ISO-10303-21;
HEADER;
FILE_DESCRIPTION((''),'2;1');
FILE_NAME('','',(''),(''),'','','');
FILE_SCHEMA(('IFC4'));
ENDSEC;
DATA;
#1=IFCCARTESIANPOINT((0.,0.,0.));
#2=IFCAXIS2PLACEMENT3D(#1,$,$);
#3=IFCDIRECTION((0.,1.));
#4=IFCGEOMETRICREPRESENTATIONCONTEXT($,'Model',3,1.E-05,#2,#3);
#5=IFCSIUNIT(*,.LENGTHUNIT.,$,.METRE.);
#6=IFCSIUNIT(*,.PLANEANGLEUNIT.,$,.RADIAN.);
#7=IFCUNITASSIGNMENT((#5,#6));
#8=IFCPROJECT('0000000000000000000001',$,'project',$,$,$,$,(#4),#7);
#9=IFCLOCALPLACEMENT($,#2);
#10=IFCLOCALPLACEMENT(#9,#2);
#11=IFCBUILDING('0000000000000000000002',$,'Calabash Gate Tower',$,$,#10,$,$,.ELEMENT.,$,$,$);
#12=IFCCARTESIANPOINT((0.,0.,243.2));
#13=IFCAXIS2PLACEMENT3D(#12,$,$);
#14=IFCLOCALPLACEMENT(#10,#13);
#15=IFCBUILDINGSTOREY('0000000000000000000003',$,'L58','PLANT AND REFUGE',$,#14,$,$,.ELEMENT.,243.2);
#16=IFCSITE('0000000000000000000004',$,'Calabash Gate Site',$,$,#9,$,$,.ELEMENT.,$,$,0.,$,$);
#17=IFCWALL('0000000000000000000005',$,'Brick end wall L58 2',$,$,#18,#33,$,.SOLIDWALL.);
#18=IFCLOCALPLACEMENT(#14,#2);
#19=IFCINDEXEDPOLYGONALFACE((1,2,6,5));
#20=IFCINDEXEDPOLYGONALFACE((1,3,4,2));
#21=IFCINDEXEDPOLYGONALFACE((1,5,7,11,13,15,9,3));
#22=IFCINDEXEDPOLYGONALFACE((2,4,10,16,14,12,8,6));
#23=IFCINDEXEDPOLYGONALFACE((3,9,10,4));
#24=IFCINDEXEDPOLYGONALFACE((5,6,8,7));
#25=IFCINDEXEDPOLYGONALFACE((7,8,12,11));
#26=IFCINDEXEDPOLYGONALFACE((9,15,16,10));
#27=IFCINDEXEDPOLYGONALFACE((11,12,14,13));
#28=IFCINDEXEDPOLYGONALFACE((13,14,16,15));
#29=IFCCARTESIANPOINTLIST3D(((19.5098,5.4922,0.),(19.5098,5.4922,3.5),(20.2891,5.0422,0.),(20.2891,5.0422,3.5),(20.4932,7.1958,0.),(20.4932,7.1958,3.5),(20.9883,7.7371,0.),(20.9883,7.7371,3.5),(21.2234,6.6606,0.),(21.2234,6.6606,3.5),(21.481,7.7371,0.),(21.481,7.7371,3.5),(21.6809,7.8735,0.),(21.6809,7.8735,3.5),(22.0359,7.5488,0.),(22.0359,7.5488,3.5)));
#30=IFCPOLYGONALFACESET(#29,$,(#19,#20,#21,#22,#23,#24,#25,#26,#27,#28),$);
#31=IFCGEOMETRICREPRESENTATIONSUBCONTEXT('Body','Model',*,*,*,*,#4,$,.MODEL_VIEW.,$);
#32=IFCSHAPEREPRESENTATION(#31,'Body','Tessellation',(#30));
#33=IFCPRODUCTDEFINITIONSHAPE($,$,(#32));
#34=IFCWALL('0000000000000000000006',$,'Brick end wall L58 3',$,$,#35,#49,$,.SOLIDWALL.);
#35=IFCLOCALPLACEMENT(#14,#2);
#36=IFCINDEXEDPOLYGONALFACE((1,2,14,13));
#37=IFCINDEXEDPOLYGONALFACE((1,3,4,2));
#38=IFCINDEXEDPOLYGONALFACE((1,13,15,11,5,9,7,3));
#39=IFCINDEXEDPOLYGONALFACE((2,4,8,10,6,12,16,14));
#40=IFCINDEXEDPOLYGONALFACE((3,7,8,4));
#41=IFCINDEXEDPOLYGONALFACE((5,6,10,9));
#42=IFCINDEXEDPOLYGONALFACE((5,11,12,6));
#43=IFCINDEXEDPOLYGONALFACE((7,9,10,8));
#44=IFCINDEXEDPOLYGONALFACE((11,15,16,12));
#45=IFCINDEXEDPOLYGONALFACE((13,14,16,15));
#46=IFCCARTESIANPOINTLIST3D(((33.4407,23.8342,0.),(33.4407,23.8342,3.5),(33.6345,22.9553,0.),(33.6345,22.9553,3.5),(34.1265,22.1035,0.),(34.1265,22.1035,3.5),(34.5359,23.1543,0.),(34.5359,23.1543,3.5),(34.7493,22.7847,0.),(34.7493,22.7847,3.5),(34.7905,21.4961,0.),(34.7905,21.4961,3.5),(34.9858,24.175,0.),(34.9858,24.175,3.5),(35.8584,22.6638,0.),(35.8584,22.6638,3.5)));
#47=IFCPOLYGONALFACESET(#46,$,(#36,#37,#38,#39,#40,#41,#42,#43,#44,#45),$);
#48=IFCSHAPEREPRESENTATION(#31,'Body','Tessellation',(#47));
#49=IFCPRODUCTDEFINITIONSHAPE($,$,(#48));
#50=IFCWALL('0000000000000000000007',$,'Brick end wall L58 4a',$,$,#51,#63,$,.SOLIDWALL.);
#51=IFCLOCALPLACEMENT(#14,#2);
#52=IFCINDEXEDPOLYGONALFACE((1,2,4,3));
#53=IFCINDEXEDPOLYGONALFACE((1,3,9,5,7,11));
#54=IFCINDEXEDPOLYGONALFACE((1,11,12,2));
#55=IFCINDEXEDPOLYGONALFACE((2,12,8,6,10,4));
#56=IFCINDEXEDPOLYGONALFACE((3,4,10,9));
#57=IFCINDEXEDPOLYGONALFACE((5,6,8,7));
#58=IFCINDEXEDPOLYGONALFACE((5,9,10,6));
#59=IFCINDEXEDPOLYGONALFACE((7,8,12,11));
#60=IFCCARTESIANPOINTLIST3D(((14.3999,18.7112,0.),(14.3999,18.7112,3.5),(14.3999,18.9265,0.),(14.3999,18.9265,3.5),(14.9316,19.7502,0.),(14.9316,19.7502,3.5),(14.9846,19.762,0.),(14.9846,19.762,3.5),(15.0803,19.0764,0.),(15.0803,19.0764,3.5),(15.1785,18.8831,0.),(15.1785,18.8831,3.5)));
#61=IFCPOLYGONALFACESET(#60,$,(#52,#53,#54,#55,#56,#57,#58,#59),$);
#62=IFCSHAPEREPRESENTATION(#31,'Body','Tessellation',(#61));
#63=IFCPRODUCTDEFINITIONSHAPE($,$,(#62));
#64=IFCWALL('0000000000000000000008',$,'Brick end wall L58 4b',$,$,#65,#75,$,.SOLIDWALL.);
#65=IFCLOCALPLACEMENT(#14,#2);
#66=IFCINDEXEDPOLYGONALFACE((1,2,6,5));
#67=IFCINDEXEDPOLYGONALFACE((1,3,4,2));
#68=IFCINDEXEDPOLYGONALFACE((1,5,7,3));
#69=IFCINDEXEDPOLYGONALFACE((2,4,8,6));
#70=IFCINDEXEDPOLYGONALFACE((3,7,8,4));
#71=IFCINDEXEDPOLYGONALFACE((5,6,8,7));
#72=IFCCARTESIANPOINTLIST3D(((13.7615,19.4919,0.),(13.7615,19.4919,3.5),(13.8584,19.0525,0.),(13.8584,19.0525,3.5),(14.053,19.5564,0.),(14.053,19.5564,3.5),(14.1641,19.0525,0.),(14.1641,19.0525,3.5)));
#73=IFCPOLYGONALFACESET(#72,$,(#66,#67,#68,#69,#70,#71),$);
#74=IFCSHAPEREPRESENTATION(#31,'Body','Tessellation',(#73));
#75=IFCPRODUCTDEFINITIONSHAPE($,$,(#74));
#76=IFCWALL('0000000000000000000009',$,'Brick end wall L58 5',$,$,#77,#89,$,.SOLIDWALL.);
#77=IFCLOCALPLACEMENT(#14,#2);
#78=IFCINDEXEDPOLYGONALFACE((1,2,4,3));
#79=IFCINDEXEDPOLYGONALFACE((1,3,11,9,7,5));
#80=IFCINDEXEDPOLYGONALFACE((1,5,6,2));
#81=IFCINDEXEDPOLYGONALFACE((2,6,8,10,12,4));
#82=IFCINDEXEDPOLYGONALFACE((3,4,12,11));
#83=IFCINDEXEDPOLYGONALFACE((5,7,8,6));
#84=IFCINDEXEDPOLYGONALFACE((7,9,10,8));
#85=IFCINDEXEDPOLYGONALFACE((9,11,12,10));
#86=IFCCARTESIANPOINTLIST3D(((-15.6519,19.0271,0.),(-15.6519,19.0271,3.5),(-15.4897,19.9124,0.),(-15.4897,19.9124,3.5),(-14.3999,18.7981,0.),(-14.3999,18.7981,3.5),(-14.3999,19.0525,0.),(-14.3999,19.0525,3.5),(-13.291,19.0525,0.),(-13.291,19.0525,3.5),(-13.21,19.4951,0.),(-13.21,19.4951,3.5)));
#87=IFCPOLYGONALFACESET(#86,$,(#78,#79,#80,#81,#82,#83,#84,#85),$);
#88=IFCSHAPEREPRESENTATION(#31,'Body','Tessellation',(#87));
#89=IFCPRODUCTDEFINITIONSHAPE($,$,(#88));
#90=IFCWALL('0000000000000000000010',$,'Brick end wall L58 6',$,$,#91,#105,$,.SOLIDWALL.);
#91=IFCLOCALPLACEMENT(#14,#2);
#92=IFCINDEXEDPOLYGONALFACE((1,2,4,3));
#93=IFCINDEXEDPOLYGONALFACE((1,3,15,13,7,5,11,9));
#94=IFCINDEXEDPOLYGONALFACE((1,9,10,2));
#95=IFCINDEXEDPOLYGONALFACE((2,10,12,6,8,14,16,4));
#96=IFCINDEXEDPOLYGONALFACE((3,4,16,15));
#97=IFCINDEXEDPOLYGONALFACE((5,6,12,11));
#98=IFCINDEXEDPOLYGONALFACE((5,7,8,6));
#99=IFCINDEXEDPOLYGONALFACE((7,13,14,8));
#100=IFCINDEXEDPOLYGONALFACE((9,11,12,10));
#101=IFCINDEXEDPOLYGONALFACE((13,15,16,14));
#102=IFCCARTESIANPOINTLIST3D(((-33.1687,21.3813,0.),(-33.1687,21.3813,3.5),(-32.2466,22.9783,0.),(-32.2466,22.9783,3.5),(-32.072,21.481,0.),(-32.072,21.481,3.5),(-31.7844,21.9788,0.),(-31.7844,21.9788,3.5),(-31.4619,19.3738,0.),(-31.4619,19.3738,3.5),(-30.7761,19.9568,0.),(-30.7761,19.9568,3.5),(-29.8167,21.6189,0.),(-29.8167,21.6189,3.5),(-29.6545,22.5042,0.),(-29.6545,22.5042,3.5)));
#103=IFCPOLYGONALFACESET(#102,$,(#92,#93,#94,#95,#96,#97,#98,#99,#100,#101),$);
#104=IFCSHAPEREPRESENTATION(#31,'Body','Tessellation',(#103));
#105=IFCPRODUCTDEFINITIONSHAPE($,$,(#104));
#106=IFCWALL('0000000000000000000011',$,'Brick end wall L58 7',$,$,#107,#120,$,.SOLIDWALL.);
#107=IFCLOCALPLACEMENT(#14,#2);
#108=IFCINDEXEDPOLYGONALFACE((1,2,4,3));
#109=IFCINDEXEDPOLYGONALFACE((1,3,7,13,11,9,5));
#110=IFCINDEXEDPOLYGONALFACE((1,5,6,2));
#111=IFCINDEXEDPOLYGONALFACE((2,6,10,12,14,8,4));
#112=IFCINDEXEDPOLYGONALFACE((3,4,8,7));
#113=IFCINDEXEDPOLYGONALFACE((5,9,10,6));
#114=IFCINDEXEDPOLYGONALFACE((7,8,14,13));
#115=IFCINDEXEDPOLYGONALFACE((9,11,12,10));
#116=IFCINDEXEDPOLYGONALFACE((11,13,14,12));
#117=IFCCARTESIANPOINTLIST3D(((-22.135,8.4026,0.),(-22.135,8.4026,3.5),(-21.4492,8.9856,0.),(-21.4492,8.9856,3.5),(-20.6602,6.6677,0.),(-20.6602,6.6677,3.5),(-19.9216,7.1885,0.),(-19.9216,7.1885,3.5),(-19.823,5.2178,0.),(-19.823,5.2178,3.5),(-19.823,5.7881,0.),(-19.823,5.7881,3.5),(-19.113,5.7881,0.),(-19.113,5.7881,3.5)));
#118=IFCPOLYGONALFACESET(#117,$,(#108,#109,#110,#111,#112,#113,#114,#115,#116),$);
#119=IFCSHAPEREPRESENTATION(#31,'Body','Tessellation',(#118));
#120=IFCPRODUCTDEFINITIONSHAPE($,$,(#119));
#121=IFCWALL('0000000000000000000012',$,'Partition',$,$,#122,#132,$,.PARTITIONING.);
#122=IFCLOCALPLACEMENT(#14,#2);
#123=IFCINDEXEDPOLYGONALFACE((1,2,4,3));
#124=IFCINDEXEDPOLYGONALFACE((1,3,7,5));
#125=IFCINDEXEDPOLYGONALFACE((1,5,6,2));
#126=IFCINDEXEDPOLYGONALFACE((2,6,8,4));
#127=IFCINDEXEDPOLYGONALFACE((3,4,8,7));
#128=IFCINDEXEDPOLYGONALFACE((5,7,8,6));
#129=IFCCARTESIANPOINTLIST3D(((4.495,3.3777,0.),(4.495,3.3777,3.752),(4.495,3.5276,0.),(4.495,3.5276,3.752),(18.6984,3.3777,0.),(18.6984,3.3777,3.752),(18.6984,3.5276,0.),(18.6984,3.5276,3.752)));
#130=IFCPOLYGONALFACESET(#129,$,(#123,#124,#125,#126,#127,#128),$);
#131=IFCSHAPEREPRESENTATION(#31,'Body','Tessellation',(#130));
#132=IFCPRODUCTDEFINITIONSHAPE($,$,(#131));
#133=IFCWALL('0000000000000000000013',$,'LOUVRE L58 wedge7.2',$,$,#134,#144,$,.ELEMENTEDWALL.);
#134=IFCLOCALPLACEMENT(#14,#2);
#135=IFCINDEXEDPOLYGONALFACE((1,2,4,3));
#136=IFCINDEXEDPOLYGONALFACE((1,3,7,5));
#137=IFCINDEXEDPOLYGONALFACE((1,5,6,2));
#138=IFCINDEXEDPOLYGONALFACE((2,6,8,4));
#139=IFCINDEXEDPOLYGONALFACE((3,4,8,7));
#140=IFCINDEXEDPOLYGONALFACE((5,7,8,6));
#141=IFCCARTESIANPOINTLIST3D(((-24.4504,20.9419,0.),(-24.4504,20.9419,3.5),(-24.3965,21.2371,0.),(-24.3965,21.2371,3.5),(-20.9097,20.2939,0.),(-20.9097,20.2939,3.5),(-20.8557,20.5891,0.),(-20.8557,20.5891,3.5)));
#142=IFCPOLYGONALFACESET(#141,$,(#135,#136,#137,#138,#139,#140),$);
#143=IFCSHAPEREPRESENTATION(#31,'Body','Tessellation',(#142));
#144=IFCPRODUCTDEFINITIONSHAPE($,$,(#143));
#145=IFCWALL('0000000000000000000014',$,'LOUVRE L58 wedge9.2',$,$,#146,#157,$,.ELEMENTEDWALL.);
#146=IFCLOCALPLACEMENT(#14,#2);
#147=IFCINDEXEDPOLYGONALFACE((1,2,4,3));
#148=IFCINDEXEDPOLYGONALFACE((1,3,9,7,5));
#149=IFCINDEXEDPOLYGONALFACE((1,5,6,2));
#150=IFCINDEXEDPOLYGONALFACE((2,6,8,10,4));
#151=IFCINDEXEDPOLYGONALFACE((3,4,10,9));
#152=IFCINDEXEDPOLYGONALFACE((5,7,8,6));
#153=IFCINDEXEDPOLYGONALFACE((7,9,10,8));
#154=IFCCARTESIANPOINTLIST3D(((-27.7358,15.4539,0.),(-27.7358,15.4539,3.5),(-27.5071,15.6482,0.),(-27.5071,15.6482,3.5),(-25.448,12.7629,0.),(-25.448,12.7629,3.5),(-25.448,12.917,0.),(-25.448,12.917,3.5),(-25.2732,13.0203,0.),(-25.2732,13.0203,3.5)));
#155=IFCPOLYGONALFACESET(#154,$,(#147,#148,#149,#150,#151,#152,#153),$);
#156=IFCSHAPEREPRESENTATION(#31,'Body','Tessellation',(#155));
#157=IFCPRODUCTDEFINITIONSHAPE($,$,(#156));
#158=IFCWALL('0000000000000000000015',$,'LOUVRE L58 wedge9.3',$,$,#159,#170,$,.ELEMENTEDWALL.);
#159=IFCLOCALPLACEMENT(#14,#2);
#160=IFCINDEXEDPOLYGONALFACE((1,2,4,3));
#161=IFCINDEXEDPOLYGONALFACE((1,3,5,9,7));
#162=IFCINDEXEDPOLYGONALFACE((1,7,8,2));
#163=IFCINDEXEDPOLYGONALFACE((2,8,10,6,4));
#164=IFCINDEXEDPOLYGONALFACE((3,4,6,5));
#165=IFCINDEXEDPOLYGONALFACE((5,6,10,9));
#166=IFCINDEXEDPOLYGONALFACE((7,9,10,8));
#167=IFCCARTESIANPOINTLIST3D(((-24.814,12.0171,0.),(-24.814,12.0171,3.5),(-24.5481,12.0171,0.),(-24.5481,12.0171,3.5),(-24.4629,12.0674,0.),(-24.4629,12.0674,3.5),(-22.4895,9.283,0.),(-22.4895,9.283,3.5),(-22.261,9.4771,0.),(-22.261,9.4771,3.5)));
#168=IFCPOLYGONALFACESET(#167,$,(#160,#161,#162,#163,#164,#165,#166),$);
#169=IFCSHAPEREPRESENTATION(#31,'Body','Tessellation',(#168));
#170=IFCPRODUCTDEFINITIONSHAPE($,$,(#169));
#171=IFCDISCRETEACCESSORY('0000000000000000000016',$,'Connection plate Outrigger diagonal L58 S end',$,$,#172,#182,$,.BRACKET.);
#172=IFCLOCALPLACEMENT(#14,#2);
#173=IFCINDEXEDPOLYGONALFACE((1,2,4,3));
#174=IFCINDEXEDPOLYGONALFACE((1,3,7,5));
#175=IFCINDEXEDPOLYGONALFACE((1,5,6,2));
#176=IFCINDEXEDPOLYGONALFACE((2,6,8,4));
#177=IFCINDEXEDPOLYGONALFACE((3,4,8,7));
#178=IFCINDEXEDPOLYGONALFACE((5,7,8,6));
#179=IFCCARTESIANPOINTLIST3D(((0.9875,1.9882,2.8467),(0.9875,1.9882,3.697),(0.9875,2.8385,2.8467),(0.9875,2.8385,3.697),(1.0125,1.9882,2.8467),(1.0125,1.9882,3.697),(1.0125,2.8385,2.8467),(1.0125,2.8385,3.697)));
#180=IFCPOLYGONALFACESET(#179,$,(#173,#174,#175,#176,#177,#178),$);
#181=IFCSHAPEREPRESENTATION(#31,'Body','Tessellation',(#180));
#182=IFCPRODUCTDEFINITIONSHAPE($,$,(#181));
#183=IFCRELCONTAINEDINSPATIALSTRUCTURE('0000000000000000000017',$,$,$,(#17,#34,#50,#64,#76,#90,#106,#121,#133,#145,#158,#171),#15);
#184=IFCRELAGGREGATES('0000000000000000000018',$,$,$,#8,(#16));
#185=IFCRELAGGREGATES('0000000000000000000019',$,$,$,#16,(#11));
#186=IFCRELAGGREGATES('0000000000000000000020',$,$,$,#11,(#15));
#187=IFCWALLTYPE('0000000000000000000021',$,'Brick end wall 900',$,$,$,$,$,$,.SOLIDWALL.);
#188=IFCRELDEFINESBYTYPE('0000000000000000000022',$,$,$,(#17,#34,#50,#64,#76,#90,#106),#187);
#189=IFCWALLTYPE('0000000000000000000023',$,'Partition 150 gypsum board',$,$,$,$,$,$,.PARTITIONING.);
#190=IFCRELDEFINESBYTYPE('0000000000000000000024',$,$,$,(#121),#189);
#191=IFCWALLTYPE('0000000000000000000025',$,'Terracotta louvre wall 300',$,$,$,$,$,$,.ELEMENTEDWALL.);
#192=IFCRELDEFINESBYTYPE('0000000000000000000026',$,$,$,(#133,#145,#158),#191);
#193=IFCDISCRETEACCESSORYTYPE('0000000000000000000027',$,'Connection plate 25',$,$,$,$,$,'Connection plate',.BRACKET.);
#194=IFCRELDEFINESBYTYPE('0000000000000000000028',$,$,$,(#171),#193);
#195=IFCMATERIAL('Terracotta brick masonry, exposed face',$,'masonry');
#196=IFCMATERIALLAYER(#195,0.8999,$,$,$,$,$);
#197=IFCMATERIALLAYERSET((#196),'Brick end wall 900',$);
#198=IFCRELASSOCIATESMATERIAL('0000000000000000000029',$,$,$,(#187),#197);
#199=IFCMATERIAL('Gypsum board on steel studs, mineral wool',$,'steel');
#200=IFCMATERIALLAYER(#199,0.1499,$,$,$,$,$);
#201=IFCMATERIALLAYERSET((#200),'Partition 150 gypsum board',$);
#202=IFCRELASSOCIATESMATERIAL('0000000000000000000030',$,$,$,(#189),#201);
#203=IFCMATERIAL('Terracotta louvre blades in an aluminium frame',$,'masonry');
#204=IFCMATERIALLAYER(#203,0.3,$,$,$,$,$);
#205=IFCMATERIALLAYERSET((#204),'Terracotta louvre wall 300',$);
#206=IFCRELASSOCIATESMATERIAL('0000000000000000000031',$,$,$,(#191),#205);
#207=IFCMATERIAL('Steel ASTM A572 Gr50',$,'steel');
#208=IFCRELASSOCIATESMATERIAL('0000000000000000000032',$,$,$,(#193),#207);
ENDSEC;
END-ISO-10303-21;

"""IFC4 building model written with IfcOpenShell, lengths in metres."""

from ifc_helpers import new_model, si_unit, direction, frame, frame_2d, origin, origin_2d, place, context, subcontext, project, spatial, polyline, rectangle, outline, extrude, material, layer, layer_set, type_object, element, save


model = new_model("IFC4")

# Units and contexts
model_context = context("Model", 3, precision=1e-05, world=origin(), true_north=direction((0.0, 1.0)))
body_context = subcontext(model_context, "Body", "Model", "MODEL_VIEW")
ifc_project = project(units=[si_unit("LENGTHUNIT", "METRE"), si_unit("PLANEANGLEUNIT", "RADIAN")], contexts=[model_context])

# Site, building, storey
site_placement = place(None, origin())
site = spatial("IfcSite", under=ifc_project, at=site_placement, Name="Calabash Gate Site", CompositionType="ELEMENT", RefElevation=0.0)
building_placement = place(site_placement, origin())
building = spatial("IfcBuilding", under=site, at=building_placement, Name="Calabash Gate Tower", CompositionType="ELEMENT")
storey_placement = place(building_placement, frame((0.0, 0.0, 243.2)))
storey = spatial("IfcBuildingStorey", under=building, at=storey_placement, Name="L58", Description="PLANT AND REFUGE", CompositionType="ELEMENT", Elevation=243.2)

# Walls
ifc_material_1 = material(Name="Terracotta brick masonry, exposed face", Category="masonry")
ifc_layer_1 = layer(ifc_material_1, 0.8999)
ifc_layer_set_1 = layer_set([ifc_layer_1], Name="Brick end wall 900")
wall_type_1 = type_object("IfcWallType", Name="Brick end wall 900", PredefinedType="SOLIDWALL", material=ifc_layer_set_1)
wall_1_placement = place(storey_placement, origin())
element("IfcWall", 1, at=wall_1_placement, inside=storey, type_object=wall_type_1, Name="Brick end wall L58 2", PredefinedType="SOLIDWALL", context=body_context, shape_type="SweptSolid", body=[
    extrude(outline(polyline([(19.5098, 5.4922), (20.2891, 5.0422), (21.2234, 6.6606), (22.0359, 7.5488), (21.6809, 7.8735), (21.481, 7.7371), (20.9883, 7.7371), (20.4932, 7.1958), (19.5098, 5.4922)])), origin(), (0.0, 0.0, 1.0), 3.5),
])
wall_2_placement = place(storey_placement, origin())
element("IfcWall", 2, at=wall_2_placement, inside=storey, type_object=wall_type_1, Name="Brick end wall L58 3", PredefinedType="SOLIDWALL", context=body_context, shape_type="SweptSolid", body=[
    extrude(outline(polyline([(34.1265, 22.1035), (34.7905, 21.4961), (35.8584, 22.6638), (34.9858, 24.175), (33.4407, 23.8342), (33.6345, 22.9553), (34.5359, 23.1543), (34.7493, 22.7847), (34.1265, 22.1035)])), origin(), (0.0, 0.0, 1.0), 3.5),
])
wall_3_placement = place(storey_placement, origin())
element("IfcWall", 3, at=wall_3_placement, inside=storey, type_object=wall_type_1, Name="Brick end wall L58 4a", PredefinedType="SOLIDWALL", context=body_context, shape_type="SweptSolid", body=[
    extrude(outline(polyline([(14.3999, 18.7112), (15.1785, 18.8831), (14.9846, 19.762), (14.9316, 19.7502), (15.0803, 19.0764), (14.3999, 18.9265), (14.3999, 18.7112)])), origin(), (0.0, 0.0, 1.0), 3.5),
])
wall_4_placement = place(storey_placement, origin())
element("IfcWall", 4, at=wall_4_placement, inside=storey, type_object=wall_type_1, Name="Brick end wall L58 4b", PredefinedType="SOLIDWALL", context=body_context, shape_type="SweptSolid", body=[
    extrude(outline(polyline([(13.7615, 19.4919), (13.8584, 19.0525), (14.1641, 19.0525), (14.053, 19.5564), (13.7615, 19.4919)])), origin(), (0.0, 0.0, 1.0), 3.5),
])
wall_5_placement = place(storey_placement, origin())
element("IfcWall", 5, at=wall_5_placement, inside=storey, type_object=wall_type_1, Name="Brick end wall L58 5", PredefinedType="SOLIDWALL", context=body_context, shape_type="SweptSolid", body=[
    extrude(outline(polyline([(-15.6519, 19.0271), (-14.3999, 18.7981), (-14.3999, 19.0525), (-13.291, 19.0525), (-13.21, 19.4951), (-15.4897, 19.9124), (-15.6519, 19.0271)])), origin(), (0.0, 0.0, 1.0), 3.5),
])
wall_6_placement = place(storey_placement, origin())
element("IfcWall", 6, at=wall_6_placement, inside=storey, type_object=wall_type_1, Name="Brick end wall L58 6", PredefinedType="SOLIDWALL", context=body_context, shape_type="SweptSolid", body=[
    extrude(outline(polyline([(-29.8167, 21.6189), (-29.6545, 22.5042), (-32.2466, 22.9783), (-33.1687, 21.3813), (-31.4619, 19.3738), (-30.7761, 19.9568), (-32.072, 21.481), (-31.7844, 21.9788), (-29.8167, 21.6189)])), origin(), (0.0, 0.0, 1.0), 3.5),
])
wall_7_placement = place(storey_placement, origin())
element("IfcWall", 7, at=wall_7_placement, inside=storey, type_object=wall_type_1, Name="Brick end wall L58 7", PredefinedType="SOLIDWALL", context=body_context, shape_type="SweptSolid", body=[
    extrude(outline(polyline([(-21.4492, 8.9856), (-22.135, 8.4026), (-20.6602, 6.6677), (-19.823, 5.2178), (-19.823, 5.7881), (-19.113, 5.7881), (-19.9216, 7.1885), (-21.4492, 8.9856)])), origin(), (0.0, 0.0, 1.0), 3.5),
])
ifc_material_2 = material(Name="Gypsum board on steel studs, mineral wool", Category="steel")
ifc_layer_2 = layer(ifc_material_2, 0.1499)
ifc_layer_set_2 = layer_set([ifc_layer_2], Name="Partition 150 gypsum board")
wall_type_2 = type_object("IfcWallType", Name="Partition 150 gypsum board", PredefinedType="PARTITIONING", material=ifc_layer_set_2)
wall_8_placement = place(storey_placement, frame((4.4951, 3.4526, 0.0), z_axis=(0.0, 0.0, 1.0), x_axis=(1.0, 0.0, 0.0)))
element("IfcWall", 8, at=wall_8_placement, inside=storey, type_object=wall_type_2, Name="Partition", PredefinedType="PARTITIONING", context=body_context, shape_type="SweptSolid", body=[
    extrude(rectangle(XDim=14.2034, YDim=0.1499, at=frame_2d((7.1016, 0.0))), origin(), (0.0, 0.0, 1.0), 3.752),
])
ifc_material_3 = material(Name="Terracotta louvre blades in an aluminium frame", Category="masonry")
ifc_layer_3 = layer(ifc_material_3, 0.3)
ifc_layer_set_3 = layer_set([ifc_layer_3], Name="Terracotta louvre wall 300")
wall_type_3 = type_object("IfcWallType", Name="Terracotta louvre wall 300", PredefinedType="ELEMENTEDWALL", material=ifc_layer_set_3)
wall_9_placement = place(storey_placement, origin())
element("IfcWall", 9, at=wall_9_placement, inside=storey, type_object=wall_type_3, Name="LOUVRE L58 wedge7.2", PredefinedType="ELEMENTEDWALL", context=body_context, shape_type="SweptSolid", body=[
    extrude(outline(polyline([(-20.8557, 20.5891), (-24.3965, 21.2371), (-24.4504, 20.9419), (-20.9097, 20.2939), (-20.8557, 20.5891)])), origin(), (0.0, 0.0, 1.0), 3.5),
])
wall_10_placement = place(storey_placement, origin())
element("IfcWall", 10, at=wall_10_placement, inside=storey, type_object=wall_type_3, Name="LOUVRE L58 wedge9.2", PredefinedType="ELEMENTEDWALL", context=body_context, shape_type="SweptSolid", body=[
    extrude(outline(polyline([(-27.7358, 15.4539), (-25.448, 12.7629), (-25.448, 12.917), (-25.2732, 13.0203), (-27.5071, 15.6482), (-27.7358, 15.4539)])), origin(), (0.0, 0.0, 1.0), 3.5),
])
wall_11_placement = place(storey_placement, origin())
element("IfcWall", 11, at=wall_11_placement, inside=storey, type_object=wall_type_3, Name="LOUVRE L58 wedge9.3", PredefinedType="ELEMENTEDWALL", context=body_context, shape_type="SweptSolid", body=[
    extrude(outline(polyline([(-24.814, 12.0171), (-22.4895, 9.283), (-22.261, 9.4771), (-24.4629, 12.0674), (-24.5481, 12.0171), (-24.814, 12.0171)])), origin(), (0.0, 0.0, 1.0), 3.5),
])

# Discrete accessory
ifc_material_4 = material(Name="Steel ASTM A572 Gr50", Category="steel")
discrete_accessory_type = type_object("IfcDiscreteAccessoryType", Name="Connection plate 25", ElementType="Connection plate", PredefinedType="BRACKET", material=ifc_material_4)
discrete_accessory_placement = place(storey_placement, frame((1.0, 2.4133, 2.8467), z_axis=(0.0, 0.0, 1.0), x_axis=(0.0, 1.0, 0.0)))
element("IfcDiscreteAccessory", 12, at=discrete_accessory_placement, inside=storey, type_object=discrete_accessory_type, Name="Connection plate Outrigger diagonal L58 S end", PredefinedType="BRACKET", context=body_context, shape_type="SweptSolid", body=[
    extrude(rectangle(XDim=0.8503, YDim=0.0249, at=origin_2d()), origin(), (0.0, 0.0, 1.0), 0.8503),
])

save(model, "model.ifc")
